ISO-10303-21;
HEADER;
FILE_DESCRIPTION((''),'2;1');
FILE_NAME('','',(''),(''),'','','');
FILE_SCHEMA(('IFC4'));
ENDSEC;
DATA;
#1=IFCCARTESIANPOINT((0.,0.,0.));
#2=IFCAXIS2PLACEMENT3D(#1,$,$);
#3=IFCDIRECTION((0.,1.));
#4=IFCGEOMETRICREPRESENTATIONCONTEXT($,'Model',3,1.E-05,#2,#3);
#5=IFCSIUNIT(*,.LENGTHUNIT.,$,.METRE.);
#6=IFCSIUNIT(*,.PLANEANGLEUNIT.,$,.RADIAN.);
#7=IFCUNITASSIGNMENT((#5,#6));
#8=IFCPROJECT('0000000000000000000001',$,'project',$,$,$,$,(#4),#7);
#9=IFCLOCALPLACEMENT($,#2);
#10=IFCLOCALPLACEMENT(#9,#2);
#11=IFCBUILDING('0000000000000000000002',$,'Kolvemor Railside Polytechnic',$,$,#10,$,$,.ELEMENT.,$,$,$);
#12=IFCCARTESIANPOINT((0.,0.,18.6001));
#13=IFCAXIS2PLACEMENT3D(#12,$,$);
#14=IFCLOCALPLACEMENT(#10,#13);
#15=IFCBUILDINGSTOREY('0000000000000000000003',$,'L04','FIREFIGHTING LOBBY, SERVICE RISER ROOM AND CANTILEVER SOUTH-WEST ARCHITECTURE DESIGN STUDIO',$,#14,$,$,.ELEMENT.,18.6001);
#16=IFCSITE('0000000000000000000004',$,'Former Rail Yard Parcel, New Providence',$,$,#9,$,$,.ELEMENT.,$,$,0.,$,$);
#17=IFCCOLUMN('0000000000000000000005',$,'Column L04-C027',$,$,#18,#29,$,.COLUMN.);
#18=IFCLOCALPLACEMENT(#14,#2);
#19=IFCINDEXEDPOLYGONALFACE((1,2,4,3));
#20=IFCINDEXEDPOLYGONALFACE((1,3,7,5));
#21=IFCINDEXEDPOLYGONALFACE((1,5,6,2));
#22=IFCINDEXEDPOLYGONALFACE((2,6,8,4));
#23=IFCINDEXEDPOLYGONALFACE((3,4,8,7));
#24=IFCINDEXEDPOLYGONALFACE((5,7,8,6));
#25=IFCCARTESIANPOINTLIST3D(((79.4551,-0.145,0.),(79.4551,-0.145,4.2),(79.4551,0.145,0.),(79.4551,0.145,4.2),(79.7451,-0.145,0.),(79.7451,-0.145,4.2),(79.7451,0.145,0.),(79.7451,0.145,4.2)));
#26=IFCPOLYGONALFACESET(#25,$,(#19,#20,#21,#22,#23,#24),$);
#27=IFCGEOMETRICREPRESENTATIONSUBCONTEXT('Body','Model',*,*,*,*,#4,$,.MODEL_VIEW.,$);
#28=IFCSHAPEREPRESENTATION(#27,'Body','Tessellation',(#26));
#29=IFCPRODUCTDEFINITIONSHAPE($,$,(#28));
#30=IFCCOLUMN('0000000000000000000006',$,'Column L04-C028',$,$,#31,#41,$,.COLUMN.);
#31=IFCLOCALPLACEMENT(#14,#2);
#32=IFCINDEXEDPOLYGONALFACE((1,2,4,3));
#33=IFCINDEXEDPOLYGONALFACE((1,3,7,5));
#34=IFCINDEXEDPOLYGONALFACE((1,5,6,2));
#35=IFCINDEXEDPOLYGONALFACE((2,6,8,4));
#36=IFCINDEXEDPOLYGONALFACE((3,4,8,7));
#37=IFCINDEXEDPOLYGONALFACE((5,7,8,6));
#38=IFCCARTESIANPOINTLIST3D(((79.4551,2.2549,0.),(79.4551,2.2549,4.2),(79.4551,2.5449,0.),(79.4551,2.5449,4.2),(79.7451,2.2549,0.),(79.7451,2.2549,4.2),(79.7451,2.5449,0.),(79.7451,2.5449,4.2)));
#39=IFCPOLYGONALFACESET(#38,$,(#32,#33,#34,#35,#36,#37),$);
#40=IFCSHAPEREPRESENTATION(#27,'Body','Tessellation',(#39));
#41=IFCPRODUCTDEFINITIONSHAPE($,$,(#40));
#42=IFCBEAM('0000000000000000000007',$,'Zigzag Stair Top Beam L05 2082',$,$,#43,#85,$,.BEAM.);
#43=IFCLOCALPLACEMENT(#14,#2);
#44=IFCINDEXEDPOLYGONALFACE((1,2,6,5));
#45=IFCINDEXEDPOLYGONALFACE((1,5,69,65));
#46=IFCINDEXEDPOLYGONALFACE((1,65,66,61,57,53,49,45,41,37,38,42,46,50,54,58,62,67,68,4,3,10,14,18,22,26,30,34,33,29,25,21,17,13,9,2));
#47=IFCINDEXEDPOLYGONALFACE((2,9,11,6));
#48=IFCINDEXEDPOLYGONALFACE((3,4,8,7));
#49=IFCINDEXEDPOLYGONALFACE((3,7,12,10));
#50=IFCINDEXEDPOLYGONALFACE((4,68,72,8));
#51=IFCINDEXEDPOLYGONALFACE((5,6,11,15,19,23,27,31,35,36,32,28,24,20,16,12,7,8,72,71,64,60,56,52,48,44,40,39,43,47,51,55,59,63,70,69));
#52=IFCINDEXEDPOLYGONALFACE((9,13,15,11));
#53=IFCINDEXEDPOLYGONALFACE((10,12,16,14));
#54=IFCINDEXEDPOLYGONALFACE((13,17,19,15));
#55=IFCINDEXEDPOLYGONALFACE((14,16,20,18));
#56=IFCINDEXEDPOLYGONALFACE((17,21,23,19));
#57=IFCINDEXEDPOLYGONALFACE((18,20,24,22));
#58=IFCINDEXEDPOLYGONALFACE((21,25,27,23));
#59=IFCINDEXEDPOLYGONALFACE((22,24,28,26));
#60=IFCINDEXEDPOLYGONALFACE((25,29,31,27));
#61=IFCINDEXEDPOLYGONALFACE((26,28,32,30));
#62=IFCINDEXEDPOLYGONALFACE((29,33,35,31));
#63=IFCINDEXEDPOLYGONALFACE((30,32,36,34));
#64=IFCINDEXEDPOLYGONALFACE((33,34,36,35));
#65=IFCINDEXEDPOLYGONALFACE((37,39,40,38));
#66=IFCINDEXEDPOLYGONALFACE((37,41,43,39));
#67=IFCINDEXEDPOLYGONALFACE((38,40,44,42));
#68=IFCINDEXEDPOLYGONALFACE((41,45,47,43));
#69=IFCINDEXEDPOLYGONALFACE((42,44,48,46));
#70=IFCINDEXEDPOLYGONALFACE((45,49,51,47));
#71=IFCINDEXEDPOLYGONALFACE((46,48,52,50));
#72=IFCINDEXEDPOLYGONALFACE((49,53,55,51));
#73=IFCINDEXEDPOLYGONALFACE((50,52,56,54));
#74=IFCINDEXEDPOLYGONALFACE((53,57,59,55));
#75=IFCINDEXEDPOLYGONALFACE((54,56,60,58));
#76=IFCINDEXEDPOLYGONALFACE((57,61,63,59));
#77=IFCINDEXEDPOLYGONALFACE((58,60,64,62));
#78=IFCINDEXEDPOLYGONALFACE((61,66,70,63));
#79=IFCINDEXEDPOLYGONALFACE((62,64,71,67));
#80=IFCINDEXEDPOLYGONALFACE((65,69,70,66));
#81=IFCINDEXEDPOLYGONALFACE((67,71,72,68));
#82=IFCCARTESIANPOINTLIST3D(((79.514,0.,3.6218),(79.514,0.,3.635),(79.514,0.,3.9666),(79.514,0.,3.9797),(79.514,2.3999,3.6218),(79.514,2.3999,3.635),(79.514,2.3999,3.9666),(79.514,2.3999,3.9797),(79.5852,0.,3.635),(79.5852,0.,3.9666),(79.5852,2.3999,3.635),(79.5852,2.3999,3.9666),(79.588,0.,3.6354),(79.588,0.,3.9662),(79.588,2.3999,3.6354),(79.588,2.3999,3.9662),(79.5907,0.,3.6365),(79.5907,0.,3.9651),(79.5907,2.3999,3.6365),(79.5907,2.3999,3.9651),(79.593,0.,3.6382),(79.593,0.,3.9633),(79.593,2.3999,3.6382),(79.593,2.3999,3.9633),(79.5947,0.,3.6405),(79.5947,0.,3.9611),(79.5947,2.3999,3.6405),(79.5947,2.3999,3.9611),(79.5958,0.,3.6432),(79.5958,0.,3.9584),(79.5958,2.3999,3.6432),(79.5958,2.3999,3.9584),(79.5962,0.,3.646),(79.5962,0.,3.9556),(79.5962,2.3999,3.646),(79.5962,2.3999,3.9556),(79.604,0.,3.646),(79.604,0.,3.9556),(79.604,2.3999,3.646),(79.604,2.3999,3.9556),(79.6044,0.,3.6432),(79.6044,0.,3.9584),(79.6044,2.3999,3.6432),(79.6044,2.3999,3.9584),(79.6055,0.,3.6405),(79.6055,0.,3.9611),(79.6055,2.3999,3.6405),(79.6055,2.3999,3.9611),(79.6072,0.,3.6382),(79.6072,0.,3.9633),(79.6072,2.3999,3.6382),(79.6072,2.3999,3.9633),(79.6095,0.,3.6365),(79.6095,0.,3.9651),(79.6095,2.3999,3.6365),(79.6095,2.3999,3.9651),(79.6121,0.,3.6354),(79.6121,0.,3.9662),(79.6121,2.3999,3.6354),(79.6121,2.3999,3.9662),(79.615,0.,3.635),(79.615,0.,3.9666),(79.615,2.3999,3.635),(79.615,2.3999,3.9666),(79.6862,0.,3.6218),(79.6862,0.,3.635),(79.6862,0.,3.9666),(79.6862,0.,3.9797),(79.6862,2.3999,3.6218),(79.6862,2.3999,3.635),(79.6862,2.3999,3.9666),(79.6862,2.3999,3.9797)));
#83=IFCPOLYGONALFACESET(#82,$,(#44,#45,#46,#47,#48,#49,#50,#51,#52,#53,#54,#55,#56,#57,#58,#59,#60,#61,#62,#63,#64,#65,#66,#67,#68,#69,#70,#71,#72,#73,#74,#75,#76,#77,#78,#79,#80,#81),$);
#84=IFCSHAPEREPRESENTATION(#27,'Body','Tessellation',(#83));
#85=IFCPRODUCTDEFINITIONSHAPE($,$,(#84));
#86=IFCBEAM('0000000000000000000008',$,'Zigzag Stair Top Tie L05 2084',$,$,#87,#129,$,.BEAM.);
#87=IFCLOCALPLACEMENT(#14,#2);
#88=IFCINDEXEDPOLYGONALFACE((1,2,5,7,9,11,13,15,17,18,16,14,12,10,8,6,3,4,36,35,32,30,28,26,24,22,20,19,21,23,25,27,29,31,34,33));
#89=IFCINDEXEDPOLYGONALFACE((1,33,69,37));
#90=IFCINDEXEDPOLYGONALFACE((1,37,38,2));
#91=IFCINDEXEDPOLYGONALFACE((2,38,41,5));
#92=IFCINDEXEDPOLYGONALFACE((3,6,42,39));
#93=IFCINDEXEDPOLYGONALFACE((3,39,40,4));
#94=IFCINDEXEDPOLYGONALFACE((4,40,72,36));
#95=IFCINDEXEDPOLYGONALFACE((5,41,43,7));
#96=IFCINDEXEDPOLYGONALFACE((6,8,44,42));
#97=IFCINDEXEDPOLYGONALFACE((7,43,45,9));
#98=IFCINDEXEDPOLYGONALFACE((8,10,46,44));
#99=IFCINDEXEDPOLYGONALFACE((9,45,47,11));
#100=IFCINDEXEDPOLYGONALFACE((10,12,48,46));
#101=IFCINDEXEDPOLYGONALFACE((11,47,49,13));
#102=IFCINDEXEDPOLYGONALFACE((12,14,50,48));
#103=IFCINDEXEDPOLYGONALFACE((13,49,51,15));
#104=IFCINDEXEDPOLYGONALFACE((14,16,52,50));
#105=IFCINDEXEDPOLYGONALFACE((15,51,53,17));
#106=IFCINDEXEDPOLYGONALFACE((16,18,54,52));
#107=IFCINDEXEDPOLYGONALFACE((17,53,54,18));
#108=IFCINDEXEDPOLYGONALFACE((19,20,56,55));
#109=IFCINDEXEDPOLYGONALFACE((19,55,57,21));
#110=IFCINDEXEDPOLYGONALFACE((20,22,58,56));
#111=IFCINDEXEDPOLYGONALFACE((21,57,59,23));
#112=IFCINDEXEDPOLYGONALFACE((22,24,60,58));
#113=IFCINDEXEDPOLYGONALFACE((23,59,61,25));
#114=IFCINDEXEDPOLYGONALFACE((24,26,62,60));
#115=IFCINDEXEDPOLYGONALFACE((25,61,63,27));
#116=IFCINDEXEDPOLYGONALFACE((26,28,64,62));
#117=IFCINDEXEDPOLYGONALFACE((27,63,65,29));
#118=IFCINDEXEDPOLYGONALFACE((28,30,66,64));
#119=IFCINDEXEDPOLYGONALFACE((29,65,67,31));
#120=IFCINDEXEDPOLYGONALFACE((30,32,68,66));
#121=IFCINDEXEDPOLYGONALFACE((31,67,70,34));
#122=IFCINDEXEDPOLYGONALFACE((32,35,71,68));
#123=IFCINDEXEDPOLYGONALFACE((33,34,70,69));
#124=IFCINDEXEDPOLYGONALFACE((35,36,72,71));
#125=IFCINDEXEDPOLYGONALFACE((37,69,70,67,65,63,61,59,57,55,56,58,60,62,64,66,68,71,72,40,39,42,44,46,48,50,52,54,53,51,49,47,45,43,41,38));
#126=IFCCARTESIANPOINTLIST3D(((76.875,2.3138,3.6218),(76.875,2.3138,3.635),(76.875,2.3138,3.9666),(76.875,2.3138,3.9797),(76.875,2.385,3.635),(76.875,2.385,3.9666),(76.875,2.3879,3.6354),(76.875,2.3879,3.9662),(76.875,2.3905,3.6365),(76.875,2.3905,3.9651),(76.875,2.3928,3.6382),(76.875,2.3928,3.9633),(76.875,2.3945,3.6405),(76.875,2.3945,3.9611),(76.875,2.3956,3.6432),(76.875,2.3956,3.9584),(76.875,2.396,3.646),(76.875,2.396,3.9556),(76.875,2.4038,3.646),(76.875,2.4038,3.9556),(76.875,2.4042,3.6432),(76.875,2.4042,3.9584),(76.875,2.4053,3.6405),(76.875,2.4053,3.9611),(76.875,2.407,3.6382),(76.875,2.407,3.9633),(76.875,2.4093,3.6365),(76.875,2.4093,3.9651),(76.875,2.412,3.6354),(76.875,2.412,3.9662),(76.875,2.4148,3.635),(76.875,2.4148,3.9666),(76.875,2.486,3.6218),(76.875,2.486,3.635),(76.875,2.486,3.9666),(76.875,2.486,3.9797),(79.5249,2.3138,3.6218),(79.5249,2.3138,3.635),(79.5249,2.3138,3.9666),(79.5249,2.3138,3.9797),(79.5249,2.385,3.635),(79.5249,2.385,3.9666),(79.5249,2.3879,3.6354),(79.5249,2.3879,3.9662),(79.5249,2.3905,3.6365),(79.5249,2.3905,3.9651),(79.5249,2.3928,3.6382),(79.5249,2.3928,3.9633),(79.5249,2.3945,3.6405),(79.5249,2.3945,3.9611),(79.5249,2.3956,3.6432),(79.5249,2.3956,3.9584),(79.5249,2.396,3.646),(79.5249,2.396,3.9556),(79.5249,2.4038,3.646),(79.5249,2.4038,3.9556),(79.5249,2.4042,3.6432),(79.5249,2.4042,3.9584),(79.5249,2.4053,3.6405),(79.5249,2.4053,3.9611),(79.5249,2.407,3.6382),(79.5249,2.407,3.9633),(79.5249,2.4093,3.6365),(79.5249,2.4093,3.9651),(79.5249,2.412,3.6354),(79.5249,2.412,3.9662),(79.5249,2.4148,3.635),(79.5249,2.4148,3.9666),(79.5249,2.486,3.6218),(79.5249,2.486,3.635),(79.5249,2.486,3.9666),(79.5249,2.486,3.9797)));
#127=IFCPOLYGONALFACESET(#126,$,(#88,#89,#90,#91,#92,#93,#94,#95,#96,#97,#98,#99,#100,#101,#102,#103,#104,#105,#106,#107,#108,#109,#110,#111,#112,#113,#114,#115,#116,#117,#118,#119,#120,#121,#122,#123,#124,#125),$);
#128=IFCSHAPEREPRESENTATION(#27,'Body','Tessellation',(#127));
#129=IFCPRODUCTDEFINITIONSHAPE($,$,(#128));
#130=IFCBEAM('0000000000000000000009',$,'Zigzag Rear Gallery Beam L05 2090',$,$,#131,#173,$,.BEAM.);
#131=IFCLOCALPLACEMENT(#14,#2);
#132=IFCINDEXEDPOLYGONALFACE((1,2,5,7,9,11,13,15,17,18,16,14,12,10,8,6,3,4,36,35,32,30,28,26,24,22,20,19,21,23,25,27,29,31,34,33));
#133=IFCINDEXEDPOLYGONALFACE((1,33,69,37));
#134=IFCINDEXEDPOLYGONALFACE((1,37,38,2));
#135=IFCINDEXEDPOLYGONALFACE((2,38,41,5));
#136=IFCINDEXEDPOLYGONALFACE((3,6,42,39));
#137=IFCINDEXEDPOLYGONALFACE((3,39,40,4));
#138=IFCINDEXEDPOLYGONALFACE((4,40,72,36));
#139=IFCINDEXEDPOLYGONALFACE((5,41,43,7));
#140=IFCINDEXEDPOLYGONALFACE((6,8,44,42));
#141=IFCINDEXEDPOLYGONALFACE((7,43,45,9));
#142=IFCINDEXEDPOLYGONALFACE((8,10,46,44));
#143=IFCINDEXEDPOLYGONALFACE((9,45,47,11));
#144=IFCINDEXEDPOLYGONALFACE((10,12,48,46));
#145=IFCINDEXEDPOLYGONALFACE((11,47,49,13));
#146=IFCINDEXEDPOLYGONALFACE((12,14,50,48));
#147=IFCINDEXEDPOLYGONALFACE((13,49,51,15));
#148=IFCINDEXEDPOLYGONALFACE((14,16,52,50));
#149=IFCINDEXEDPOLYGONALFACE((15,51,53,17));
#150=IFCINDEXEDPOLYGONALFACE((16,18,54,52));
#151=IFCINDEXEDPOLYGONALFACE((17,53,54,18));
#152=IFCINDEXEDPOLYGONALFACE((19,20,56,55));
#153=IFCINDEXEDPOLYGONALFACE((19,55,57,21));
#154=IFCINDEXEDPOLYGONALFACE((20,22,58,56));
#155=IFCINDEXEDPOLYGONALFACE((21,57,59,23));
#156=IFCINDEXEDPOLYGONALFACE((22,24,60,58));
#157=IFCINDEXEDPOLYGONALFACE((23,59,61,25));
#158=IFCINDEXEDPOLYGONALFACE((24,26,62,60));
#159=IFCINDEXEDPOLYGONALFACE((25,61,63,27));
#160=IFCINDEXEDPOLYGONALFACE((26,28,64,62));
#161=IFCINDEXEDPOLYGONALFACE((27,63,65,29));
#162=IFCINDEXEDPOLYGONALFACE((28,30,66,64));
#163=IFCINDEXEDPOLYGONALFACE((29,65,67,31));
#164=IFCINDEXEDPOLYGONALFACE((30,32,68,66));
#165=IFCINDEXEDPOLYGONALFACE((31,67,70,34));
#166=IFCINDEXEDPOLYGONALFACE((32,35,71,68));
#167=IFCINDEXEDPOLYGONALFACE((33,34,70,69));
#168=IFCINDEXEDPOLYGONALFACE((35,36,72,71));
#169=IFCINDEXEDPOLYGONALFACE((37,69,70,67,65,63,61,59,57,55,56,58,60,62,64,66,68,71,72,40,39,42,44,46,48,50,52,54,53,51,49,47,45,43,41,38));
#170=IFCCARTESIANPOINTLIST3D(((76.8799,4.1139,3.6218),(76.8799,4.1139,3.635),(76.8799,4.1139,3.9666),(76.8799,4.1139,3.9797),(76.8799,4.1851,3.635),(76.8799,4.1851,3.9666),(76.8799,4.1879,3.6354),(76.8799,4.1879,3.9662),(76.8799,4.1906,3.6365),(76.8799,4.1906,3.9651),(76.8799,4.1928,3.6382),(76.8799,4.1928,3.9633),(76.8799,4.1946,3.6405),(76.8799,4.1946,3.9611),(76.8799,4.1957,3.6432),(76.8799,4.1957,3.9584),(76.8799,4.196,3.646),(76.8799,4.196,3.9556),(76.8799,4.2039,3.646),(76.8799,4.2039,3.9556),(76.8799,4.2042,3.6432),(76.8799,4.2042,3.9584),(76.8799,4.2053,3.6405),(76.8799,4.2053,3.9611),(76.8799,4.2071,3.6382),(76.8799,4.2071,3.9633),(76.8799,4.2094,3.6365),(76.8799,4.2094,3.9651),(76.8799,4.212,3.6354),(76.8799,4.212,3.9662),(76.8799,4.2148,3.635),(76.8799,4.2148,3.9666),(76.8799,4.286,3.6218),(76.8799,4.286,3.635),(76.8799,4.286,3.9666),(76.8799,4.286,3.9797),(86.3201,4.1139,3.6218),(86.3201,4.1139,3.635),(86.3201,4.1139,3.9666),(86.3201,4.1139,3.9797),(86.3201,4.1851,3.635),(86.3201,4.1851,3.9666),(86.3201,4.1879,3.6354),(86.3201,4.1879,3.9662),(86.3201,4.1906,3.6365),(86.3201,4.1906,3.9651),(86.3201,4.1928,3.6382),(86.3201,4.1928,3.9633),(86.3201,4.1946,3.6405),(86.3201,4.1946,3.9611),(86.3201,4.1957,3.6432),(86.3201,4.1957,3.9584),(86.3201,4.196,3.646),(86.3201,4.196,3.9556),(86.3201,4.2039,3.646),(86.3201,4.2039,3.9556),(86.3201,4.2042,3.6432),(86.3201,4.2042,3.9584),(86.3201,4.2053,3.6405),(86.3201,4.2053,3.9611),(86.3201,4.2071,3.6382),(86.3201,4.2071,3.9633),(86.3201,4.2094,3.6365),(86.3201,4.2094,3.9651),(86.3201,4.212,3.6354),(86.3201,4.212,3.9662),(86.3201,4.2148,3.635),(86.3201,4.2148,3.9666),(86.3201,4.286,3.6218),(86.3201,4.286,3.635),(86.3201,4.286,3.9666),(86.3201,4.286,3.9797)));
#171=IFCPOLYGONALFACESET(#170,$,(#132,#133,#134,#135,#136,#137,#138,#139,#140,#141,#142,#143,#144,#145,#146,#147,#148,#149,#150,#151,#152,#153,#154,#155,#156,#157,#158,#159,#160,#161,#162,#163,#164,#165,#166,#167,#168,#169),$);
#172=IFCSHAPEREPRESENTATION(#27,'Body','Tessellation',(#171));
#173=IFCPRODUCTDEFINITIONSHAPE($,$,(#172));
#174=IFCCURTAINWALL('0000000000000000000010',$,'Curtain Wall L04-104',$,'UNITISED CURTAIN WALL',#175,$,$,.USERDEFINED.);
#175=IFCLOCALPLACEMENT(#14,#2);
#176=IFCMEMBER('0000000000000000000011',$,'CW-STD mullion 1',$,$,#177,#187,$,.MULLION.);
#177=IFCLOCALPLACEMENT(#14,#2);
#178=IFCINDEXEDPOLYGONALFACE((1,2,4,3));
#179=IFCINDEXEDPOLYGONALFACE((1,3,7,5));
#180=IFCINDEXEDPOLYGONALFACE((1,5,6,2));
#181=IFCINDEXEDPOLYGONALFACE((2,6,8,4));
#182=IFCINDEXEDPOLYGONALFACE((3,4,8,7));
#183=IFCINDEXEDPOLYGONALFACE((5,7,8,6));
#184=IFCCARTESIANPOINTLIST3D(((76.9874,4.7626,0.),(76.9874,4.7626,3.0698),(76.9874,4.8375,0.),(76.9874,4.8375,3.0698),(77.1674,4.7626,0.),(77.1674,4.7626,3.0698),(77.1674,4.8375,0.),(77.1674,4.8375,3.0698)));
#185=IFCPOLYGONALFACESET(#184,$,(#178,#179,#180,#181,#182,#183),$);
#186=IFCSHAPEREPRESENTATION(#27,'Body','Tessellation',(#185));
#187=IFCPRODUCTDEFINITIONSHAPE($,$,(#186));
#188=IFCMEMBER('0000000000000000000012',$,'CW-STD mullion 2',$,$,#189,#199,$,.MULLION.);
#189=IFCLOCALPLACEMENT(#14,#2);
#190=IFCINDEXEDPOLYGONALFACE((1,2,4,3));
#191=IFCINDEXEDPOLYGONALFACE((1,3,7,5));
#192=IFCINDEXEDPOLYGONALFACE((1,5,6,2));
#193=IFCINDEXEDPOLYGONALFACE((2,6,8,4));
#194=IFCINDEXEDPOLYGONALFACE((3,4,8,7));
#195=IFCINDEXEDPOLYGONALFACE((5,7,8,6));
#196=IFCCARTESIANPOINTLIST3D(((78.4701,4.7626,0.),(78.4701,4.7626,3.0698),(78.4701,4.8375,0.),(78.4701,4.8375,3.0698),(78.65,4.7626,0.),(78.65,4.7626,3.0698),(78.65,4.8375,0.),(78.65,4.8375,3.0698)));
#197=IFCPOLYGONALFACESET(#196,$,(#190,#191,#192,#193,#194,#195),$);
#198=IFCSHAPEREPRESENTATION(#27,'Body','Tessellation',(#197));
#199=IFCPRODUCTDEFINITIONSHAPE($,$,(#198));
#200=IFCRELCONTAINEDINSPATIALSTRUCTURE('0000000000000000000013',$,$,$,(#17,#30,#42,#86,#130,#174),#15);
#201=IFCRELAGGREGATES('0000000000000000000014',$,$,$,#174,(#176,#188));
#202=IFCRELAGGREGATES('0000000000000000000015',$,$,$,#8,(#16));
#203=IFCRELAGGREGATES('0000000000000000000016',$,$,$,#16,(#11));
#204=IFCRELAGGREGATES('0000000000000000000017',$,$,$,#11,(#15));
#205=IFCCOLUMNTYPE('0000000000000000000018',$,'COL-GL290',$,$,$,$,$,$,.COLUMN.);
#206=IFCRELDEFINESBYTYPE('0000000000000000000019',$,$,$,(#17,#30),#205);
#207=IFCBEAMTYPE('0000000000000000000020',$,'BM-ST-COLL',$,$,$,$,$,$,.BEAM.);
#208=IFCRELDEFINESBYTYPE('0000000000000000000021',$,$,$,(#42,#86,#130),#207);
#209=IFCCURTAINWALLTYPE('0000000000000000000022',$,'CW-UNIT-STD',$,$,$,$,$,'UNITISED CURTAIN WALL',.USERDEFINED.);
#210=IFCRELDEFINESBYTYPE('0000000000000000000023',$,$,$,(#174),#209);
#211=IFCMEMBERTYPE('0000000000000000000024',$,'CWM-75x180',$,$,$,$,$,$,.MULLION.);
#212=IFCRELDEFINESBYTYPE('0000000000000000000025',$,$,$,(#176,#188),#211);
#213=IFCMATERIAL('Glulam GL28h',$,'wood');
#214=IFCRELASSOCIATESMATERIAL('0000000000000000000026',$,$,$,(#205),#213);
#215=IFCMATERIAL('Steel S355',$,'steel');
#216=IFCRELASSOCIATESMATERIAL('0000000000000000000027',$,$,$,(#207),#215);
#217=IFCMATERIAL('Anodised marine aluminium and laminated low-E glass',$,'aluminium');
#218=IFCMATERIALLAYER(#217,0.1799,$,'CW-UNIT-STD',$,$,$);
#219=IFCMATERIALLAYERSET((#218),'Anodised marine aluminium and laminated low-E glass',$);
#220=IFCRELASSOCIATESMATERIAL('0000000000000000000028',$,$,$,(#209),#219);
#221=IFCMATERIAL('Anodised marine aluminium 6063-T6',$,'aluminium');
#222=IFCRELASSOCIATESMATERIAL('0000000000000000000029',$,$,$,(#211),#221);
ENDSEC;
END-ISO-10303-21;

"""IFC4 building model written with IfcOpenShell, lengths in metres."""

from ifc_helpers import new_model, si_unit, direction, frame, origin, origin_2d, place, context, subcontext, project, spatial, rectangle, i_section, extrude, material, layer, layer_set, material_profile, profile_set, type_object, element, aggregate, save


model = new_model("IFC4")

# Units and contexts
model_context = context("Model", 3, precision=1e-05, world=origin(), true_north=direction((0.0, 1.0)))
body_context = subcontext(model_context, "Body", "Model", "MODEL_VIEW")
ifc_project = project(units=[si_unit("LENGTHUNIT", "METRE"), si_unit("PLANEANGLEUNIT", "RADIAN")], contexts=[model_context])

# Site, building, storey
site_placement = place(None, origin())
site = spatial("IfcSite", under=ifc_project, at=site_placement, Name="Former Rail Yard Parcel, New Providence", CompositionType="ELEMENT", RefElevation=0.0)
building_placement = place(site_placement, origin())
building = spatial("IfcBuilding", under=site, at=building_placement, Name="Kolvemor Railside Polytechnic", CompositionType="ELEMENT")
storey_placement = place(building_placement, frame((0.0, 0.0, 18.6001)))
storey = spatial("IfcBuildingStorey", under=building, at=storey_placement, Name="L04", Description="FIREFIGHTING LOBBY, SERVICE RISER ROOM AND CANTILEVER SOUTH-WEST ARCHITECTURE DESIGN STUDIO", CompositionType="ELEMENT", Elevation=18.6001)

# Columns
ifc_material_1 = material(Name="Glulam GL28h", Category="wood")
ifc_material_profile_1 = material_profile(ifc_material_1, rectangle(XDim=0.29, YDim=0.29, at=origin_2d()), Name="GL290x290")
ifc_profile_set_1 = profile_set([ifc_material_profile_1], Name="Glulam GL28h")
column_type = type_object("IfcColumnType", Name="COL-GL290", PredefinedType="COLUMN", material=ifc_profile_set_1)
for number, where, z_axis, x_axis, name in (
    (1, (79.6001, 0.0, 0.0), (0.0, 0.0, 1.0), (1.0, 0.0, 0.0), "Column L04-C027"),
    (2, (79.6001, 2.3999, 0.0), (0.0, 0.0, 1.0), (1.0, 0.0, 0.0), "Column L04-C028"),
):
    element("IfcColumn", number, at=place(storey_placement, frame(where, z_axis=z_axis, x_axis=x_axis)), inside=storey, type_object=column_type, Name=name, PredefinedType="COLUMN", context=body_context, shape_type="SweptSolid", body=[
        extrude(rectangle(XDim=0.29, YDim=0.29, at=origin_2d()), origin(), (0.0, 0.0, 1.0), 4.2),
    ])

# Beams
ifc_material_2 = material(Name="Steel S355", Category="steel")
ifc_material_profile_2 = material_profile(ifc_material_2, i_section(OverallWidth=0.1721, OverallDepth=0.3579, WebThickness=0.0078, FlangeThickness=0.0132, FilletRadius=0.011, at=origin_2d()), Name="W360x57")
ifc_profile_set_2 = profile_set([ifc_material_profile_2], Name="Steel S355")
beam_type = type_object("IfcBeamType", Name="BM-ST-COLL", PredefinedType="BEAM", material=ifc_profile_set_2)
beam_1_placement = place(storey_placement, frame((79.6001, 0.0, 3.8008), z_axis=(0.0, 1.0, 0.0), x_axis=(-1.0, 0.0, 0.0)))
element("IfcBeam", 3, at=beam_1_placement, inside=storey, type_object=beam_type, Name="Zigzag Stair Top Beam L05 2082", PredefinedType="BEAM", context=body_context, shape_type="SweptSolid", body=[
    extrude(i_section(OverallWidth=0.1721, OverallDepth=0.3579, WebThickness=0.0078, FlangeThickness=0.0132, FilletRadius=0.011, at=origin_2d()), origin(), (0.0, 0.0, 1.0), 2.3999),
])
beam_2_placement = place(storey_placement, frame((76.875, 2.3999, 3.8008), z_axis=(1.0, 0.0, 0.0), x_axis=(0.0, 1.0, 0.0)))
element("IfcBeam", 4, at=beam_2_placement, inside=storey, type_object=beam_type, Name="Zigzag Stair Top Tie L05 2084", PredefinedType="BEAM", context=body_context, shape_type="SweptSolid", body=[
    extrude(i_section(OverallWidth=0.1721, OverallDepth=0.3579, WebThickness=0.0078, FlangeThickness=0.0132, FilletRadius=0.011, at=origin_2d()), origin(), (0.0, 0.0, 1.0), 2.6499),
])
beam_3_placement = place(storey_placement, frame((76.8799, 4.2, 3.8008), z_axis=(1.0, 0.0, 0.0), x_axis=(0.0, 1.0, 0.0)))
element("IfcBeam", 5, at=beam_3_placement, inside=storey, type_object=beam_type, Name="Zigzag Rear Gallery Beam L05 2090", PredefinedType="BEAM", context=body_context, shape_type="SweptSolid", body=[
    extrude(i_section(OverallWidth=0.1721, OverallDepth=0.3579, WebThickness=0.0078, FlangeThickness=0.0132, FilletRadius=0.011, at=origin_2d()), origin(), (0.0, 0.0, 1.0), 9.4402),
])

# Curtain wall, members
ifc_material_3 = material(Name="Anodised marine aluminium and laminated low-E glass", Category="aluminium")
ifc_layer_1 = layer(ifc_material_3, 0.1799, Name="CW-UNIT-STD")
ifc_layer_set_1 = layer_set([ifc_layer_1], Name="Anodised marine aluminium and laminated low-E glass")
curtain_wall_type = type_object("IfcCurtainWallType", Name="CW-UNIT-STD", ElementType="UNITISED CURTAIN WALL", PredefinedType="USERDEFINED", material=ifc_layer_set_1)
curtain_wall_placement = place(storey_placement, origin())
curtain_wall = element("IfcCurtainWall", 6, at=curtain_wall_placement, inside=storey, type_object=curtain_wall_type, Name="Curtain Wall L04-104", ObjectType="UNITISED CURTAIN WALL", PredefinedType="USERDEFINED")
ifc_material_4 = material(Name="Anodised marine aluminium 6063-T6", Category="aluminium")
ifc_material_profile_3 = material_profile(ifc_material_4, rectangle(XDim=0.075, YDim=0.1799, at=origin_2d()), Name="CW-MUL-75x180")
ifc_profile_set_3 = profile_set([ifc_material_profile_3], Name="Anodised marine aluminium 6063-T6")
member_type_1 = type_object("IfcMemberType", Name="CWM-75x180", PredefinedType="MULLION", material=ifc_profile_set_3)
member_1_placement = place(storey_placement, frame((77.0774, 4.8, 0.0), z_axis=(0.0, 0.0, 1.0), x_axis=(0.0, 1.0, 0.0)))
member_1 = element("IfcMember", 7, at=member_1_placement, type_object=member_type_1, Name="CW-STD mullion 1", PredefinedType="MULLION", context=body_context, shape_type="SweptSolid", body=[
    extrude(rectangle(XDim=0.075, YDim=0.1799, at=origin_2d()), origin(), (0.0, 0.0, 1.0), 3.0698),
])
member_2_placement = place(storey_placement, frame((78.5601, 4.8, 0.0), z_axis=(0.0, 0.0, 1.0), x_axis=(0.0, 1.0, 0.0)))
member_2 = element("IfcMember", 8, at=member_2_placement, type_object=member_type_1, Name="CW-STD mullion 2", PredefinedType="MULLION", context=body_context, shape_type="SweptSolid", body=[
    extrude(rectangle(XDim=0.075, YDim=0.1799, at=origin_2d()), origin(), (0.0, 0.0, 1.0), 3.0698),
])
aggregate(curtain_wall, [member_1, member_2])

save(model, "model.ifc")
